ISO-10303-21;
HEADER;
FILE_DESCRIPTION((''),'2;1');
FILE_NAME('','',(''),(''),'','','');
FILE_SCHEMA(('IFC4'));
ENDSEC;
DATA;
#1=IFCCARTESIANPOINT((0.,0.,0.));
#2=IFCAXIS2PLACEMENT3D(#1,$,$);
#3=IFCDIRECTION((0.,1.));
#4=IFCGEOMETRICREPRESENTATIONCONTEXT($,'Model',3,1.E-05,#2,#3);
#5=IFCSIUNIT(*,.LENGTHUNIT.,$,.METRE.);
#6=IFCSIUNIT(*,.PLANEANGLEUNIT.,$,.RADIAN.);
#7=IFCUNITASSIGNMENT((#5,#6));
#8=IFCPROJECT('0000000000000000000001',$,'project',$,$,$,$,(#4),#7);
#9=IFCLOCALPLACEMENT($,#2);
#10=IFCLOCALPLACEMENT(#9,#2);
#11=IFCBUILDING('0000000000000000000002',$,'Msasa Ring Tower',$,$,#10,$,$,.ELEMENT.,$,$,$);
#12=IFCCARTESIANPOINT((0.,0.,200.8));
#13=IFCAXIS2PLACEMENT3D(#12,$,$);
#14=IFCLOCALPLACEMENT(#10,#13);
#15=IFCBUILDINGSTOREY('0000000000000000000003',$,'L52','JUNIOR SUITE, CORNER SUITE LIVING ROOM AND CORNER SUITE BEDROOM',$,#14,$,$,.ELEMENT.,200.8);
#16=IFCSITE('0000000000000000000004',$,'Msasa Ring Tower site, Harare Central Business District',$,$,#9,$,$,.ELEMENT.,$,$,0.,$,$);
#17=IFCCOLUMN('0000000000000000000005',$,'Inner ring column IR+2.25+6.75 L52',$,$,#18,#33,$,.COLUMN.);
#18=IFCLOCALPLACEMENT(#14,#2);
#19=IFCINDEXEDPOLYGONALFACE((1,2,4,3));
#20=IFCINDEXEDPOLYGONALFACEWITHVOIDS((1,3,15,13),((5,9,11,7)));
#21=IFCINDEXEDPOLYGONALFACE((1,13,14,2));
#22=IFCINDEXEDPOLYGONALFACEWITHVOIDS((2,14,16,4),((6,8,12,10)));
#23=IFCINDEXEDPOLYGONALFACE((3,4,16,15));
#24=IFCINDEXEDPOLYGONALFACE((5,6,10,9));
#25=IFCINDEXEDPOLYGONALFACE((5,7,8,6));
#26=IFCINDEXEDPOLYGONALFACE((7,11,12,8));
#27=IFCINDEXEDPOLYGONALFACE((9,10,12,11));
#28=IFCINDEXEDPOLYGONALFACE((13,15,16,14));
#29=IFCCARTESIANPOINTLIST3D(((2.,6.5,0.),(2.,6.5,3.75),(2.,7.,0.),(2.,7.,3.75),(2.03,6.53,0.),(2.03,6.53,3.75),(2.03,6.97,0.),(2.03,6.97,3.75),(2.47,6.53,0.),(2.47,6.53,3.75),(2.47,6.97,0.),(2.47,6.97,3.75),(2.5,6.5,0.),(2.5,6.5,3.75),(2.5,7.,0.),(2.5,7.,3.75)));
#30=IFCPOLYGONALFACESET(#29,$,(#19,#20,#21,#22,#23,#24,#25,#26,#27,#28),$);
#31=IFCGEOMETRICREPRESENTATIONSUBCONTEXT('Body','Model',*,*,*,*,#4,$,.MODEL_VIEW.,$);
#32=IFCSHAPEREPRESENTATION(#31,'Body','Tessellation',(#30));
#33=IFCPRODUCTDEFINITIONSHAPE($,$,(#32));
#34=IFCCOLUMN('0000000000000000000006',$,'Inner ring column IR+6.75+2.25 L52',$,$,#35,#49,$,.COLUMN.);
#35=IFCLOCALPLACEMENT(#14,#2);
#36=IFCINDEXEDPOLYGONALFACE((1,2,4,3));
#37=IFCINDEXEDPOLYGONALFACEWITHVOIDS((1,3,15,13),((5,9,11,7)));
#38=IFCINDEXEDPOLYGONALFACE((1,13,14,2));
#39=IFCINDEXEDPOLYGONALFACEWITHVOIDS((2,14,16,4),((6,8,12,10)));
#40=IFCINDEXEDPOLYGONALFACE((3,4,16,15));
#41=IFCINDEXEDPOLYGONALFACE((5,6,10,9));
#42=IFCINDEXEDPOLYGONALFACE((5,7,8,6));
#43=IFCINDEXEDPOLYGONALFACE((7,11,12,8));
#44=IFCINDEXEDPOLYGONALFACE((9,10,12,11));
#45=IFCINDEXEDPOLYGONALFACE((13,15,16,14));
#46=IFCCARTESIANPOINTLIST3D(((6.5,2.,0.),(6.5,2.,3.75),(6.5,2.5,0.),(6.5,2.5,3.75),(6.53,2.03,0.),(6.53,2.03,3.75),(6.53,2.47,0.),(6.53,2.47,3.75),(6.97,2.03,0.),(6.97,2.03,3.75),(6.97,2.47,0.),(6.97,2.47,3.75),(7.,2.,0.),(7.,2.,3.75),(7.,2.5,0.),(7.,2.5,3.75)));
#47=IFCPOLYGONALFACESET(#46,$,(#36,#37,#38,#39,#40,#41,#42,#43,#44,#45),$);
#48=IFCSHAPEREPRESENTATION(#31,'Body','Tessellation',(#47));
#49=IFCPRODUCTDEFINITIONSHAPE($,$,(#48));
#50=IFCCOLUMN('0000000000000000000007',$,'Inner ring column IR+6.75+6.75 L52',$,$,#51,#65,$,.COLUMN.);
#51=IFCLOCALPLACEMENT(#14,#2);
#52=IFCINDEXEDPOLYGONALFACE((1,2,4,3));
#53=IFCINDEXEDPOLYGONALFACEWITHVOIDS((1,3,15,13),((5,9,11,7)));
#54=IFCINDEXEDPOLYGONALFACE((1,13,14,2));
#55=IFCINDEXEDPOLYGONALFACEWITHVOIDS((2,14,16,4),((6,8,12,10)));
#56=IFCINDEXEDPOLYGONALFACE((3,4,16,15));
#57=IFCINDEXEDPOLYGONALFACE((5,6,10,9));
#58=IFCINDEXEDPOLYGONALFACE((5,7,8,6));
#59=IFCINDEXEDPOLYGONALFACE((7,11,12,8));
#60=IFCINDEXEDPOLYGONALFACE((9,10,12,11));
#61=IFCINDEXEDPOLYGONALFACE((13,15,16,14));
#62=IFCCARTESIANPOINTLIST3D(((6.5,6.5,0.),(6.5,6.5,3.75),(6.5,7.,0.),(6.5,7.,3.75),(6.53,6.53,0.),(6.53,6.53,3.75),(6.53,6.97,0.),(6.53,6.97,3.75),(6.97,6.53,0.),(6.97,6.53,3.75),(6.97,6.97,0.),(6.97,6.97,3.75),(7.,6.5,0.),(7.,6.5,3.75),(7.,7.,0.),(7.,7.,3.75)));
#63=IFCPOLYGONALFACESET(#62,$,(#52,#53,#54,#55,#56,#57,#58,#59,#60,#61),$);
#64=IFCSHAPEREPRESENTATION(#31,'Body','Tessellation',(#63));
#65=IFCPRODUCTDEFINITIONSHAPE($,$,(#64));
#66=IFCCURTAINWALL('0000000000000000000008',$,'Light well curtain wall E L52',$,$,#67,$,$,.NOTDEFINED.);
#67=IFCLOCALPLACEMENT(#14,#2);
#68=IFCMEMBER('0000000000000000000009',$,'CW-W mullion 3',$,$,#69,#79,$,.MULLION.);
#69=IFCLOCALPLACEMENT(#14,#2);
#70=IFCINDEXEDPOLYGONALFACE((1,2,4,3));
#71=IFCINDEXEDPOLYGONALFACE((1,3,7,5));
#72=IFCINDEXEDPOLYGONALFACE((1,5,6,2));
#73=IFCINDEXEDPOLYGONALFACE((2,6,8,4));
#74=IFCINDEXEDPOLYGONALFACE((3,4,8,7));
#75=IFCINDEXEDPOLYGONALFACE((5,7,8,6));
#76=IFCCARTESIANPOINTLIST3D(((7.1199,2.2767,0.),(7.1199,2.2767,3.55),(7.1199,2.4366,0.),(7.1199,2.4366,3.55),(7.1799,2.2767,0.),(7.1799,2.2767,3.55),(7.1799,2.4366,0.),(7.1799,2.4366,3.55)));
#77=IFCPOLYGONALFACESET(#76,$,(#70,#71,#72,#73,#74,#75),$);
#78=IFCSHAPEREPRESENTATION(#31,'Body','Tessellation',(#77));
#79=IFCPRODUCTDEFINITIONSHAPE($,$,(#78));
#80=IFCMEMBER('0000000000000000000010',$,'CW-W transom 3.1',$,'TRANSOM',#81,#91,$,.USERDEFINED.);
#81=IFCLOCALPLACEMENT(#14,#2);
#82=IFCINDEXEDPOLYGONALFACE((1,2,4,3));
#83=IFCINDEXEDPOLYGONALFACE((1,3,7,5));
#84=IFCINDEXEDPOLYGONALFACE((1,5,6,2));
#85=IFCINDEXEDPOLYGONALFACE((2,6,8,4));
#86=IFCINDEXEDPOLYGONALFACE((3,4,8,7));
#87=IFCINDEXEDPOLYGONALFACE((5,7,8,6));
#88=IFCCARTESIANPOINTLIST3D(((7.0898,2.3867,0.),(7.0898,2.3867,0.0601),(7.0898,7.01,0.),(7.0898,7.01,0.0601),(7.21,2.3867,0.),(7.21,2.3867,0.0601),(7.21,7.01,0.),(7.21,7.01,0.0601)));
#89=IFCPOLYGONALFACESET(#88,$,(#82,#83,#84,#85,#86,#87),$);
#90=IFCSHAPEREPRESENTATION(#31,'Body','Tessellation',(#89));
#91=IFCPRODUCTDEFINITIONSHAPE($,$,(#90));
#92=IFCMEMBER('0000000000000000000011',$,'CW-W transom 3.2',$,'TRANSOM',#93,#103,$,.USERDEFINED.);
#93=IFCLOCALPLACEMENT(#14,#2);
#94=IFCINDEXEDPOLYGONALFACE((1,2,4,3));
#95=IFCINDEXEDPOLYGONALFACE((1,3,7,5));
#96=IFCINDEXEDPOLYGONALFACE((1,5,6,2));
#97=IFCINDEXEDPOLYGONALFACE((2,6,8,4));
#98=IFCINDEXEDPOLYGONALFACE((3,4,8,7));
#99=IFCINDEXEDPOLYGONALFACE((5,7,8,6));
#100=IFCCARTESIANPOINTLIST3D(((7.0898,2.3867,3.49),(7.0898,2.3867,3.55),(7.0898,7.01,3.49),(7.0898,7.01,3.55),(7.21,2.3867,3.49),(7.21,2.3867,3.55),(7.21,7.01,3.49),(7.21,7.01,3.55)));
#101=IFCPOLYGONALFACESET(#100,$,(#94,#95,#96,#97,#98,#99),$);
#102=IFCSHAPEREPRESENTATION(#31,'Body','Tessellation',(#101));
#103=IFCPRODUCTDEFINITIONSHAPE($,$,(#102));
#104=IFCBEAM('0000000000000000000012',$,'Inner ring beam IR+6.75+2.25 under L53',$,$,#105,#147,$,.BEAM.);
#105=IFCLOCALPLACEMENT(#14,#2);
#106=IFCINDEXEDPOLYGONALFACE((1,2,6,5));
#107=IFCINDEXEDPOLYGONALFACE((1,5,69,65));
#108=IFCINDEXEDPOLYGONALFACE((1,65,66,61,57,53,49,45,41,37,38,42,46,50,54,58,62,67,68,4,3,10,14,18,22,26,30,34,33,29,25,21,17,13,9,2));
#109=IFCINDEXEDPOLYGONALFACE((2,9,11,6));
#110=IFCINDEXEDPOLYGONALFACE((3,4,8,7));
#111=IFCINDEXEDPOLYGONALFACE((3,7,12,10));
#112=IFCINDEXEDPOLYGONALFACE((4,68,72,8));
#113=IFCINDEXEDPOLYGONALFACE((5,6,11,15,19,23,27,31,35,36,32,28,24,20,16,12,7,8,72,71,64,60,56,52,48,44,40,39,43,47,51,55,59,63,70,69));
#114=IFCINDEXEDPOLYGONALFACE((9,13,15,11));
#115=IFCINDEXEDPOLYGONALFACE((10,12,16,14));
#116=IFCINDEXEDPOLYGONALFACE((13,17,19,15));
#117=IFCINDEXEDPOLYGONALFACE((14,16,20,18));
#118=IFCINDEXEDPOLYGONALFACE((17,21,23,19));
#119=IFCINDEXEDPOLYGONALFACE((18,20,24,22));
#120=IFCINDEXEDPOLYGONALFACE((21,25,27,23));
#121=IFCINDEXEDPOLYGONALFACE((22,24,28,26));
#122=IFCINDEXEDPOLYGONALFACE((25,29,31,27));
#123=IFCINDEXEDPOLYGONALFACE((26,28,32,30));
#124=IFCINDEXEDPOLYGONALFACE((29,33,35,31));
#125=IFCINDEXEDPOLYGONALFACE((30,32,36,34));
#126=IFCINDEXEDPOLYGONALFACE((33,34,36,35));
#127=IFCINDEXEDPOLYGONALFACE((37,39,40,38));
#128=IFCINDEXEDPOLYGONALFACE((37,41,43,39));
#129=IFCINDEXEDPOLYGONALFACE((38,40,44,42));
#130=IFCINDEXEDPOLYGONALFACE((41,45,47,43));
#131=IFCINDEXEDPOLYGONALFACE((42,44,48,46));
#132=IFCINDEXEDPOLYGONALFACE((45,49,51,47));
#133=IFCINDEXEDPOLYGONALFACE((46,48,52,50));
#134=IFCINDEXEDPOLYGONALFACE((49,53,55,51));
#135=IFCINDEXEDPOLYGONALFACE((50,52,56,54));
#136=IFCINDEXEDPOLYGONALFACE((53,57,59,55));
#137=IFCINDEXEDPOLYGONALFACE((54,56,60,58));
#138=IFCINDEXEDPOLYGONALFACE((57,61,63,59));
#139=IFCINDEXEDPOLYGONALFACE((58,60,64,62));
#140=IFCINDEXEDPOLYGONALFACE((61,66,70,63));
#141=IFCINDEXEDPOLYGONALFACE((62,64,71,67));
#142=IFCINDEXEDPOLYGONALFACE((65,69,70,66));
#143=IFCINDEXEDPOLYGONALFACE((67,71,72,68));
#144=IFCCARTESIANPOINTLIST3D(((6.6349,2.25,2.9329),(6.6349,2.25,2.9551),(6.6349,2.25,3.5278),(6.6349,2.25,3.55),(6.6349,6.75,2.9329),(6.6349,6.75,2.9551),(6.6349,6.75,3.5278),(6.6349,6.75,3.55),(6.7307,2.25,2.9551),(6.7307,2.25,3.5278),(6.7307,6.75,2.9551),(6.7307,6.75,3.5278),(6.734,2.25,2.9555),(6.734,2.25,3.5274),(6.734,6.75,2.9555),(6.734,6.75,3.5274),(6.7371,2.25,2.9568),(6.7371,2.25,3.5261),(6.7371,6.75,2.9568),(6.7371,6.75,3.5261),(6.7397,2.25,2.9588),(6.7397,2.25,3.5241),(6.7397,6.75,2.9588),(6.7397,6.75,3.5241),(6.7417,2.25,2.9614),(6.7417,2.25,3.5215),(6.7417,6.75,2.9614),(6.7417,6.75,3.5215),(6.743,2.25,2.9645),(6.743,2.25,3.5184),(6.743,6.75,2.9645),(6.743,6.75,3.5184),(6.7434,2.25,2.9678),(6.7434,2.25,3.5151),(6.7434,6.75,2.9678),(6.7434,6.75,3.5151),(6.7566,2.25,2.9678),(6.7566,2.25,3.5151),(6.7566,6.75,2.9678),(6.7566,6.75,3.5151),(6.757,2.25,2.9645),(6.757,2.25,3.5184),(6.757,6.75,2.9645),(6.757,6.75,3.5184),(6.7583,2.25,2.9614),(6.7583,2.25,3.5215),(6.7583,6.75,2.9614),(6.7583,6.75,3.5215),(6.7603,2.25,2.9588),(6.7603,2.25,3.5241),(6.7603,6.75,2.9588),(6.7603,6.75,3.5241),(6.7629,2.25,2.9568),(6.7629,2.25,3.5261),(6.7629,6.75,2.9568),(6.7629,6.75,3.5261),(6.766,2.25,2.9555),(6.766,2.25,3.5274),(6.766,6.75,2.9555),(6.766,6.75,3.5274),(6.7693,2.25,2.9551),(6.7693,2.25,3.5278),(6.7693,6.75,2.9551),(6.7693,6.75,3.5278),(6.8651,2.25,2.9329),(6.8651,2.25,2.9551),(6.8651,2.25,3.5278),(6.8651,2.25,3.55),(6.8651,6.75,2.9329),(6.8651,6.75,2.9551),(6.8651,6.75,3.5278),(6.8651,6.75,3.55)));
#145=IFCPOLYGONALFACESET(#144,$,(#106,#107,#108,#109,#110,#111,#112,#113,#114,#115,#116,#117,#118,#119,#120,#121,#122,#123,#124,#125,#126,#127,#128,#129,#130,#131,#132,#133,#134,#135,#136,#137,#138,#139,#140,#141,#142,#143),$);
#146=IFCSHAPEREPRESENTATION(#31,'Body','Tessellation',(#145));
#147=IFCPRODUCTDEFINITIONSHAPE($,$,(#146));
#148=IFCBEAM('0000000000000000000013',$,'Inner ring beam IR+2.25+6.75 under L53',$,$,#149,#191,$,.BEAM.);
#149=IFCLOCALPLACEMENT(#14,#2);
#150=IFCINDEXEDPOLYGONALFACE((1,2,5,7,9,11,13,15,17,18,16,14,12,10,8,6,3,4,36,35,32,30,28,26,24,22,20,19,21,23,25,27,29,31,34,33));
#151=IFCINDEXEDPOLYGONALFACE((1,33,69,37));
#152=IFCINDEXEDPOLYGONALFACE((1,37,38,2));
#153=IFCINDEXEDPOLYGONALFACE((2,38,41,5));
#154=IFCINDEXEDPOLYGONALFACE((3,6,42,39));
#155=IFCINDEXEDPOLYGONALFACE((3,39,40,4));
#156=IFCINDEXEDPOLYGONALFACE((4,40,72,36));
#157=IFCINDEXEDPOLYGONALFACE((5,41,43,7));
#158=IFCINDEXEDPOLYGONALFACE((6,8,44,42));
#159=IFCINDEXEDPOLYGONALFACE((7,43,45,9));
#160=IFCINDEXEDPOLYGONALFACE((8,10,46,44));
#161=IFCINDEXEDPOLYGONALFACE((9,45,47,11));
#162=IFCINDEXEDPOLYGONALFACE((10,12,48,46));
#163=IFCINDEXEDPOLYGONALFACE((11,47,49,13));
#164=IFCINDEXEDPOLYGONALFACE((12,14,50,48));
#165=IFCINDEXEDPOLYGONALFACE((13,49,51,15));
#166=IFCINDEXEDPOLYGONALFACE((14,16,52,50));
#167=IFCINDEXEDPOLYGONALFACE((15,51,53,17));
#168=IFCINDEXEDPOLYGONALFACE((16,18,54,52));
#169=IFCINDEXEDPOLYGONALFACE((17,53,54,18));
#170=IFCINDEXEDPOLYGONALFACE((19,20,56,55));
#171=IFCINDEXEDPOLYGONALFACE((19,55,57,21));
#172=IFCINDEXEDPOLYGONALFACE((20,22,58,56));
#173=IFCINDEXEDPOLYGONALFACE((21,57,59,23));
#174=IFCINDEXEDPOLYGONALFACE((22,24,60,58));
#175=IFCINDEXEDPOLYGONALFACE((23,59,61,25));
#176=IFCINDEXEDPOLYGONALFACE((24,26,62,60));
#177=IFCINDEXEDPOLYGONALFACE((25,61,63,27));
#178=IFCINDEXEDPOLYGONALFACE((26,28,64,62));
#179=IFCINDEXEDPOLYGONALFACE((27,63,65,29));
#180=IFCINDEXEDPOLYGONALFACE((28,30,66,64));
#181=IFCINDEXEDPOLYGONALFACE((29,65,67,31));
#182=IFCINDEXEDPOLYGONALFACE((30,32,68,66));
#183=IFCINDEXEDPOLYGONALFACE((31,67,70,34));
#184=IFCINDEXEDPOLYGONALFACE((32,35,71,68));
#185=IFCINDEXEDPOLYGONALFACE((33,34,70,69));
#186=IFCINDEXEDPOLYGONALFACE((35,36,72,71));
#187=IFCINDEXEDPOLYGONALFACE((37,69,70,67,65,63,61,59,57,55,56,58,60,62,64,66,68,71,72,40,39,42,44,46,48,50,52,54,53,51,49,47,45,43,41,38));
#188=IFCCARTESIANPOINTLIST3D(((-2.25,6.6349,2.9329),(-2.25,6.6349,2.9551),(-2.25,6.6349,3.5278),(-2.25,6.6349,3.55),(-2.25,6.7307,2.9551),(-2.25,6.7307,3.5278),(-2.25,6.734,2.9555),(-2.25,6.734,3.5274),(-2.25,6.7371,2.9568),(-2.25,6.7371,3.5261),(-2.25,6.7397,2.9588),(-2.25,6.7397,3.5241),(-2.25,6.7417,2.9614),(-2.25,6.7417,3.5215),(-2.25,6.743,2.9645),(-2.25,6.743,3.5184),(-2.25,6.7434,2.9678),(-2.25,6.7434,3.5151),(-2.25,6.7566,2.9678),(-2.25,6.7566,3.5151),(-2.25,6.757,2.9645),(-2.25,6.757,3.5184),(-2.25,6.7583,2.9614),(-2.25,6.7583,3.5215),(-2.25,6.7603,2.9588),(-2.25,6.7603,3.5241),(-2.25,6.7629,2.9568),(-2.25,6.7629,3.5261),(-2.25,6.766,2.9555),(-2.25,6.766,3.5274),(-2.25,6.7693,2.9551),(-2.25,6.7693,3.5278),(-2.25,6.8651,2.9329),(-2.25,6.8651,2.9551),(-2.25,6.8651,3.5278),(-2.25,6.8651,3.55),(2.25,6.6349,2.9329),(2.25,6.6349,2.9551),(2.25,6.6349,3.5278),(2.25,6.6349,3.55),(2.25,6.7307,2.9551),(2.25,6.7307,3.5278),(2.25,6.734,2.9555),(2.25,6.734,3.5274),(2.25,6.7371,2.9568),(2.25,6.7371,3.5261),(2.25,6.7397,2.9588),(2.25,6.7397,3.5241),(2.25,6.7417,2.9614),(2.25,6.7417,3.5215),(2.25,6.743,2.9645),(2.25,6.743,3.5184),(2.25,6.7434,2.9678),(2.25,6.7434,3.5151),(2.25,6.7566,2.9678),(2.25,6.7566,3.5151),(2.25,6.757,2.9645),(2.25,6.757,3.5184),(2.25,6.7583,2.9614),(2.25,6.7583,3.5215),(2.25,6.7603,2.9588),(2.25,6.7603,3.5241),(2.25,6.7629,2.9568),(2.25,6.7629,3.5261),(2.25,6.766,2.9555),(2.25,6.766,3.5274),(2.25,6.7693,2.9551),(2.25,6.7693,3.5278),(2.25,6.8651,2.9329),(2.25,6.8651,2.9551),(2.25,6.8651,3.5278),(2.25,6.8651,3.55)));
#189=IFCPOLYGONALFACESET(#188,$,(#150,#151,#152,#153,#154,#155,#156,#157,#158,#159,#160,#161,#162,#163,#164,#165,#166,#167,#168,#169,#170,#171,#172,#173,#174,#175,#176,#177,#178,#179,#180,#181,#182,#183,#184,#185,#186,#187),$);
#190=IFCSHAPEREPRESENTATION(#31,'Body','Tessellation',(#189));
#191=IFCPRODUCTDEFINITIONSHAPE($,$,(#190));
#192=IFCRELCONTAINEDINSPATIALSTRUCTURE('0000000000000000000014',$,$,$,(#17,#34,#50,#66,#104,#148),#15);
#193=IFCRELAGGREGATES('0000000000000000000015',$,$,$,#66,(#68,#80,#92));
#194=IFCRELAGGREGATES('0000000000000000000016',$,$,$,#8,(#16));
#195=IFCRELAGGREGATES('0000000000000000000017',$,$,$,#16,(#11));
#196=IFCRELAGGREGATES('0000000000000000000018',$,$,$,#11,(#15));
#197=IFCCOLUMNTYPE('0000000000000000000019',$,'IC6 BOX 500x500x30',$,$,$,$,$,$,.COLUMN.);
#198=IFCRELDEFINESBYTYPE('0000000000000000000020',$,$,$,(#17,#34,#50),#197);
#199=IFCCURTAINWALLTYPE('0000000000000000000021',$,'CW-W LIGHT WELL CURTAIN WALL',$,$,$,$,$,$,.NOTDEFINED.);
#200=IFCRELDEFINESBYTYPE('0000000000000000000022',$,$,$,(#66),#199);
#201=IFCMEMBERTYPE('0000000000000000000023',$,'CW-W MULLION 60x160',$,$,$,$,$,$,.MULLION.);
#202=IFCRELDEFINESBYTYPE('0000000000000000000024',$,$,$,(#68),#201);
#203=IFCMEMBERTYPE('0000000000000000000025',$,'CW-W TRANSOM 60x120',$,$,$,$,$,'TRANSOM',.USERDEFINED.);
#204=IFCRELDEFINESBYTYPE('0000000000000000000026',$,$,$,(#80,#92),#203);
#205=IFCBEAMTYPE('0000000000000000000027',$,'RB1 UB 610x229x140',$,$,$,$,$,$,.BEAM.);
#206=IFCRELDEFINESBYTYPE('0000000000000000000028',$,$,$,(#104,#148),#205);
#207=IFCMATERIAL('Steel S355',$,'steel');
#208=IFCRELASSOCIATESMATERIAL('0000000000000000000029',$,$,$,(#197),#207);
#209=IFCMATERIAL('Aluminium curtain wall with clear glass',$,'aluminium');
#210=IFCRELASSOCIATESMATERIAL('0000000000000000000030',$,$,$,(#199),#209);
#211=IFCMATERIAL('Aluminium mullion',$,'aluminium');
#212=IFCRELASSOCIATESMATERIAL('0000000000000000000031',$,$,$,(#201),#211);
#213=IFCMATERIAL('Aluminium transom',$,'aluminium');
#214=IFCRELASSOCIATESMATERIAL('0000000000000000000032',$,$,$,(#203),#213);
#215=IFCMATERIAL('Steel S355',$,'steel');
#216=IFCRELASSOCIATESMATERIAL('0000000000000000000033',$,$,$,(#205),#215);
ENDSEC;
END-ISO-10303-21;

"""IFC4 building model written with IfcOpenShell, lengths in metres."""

from ifc_helpers import new_model, si_unit, direction, frame, origin, origin_2d, place, context, subcontext, project, spatial, rectangle, hollow_rectangle, i_section, extrude, material, material_profile, profile_set, type_object, element, aggregate, save


model = new_model("IFC4")

# Units and contexts
model_context = context("Model", 3, precision=1e-05, world=origin(), true_north=direction((0.0, 1.0)))
body_context = subcontext(model_context, "Body", "Model", "MODEL_VIEW")
ifc_project = project(units=[si_unit("LENGTHUNIT", "METRE"), si_unit("PLANEANGLEUNIT", "RADIAN")], contexts=[model_context])

# Site, building, storey
site_placement = place(None, origin())
site = spatial("IfcSite", under=ifc_project, at=site_placement, Name="Msasa Ring Tower site, Harare Central Business District", CompositionType="ELEMENT", RefElevation=0.0)
building_placement = place(site_placement, origin())
building = spatial("IfcBuilding", under=site, at=building_placement, Name="Msasa Ring Tower", CompositionType="ELEMENT")
storey_placement = place(building_placement, frame((0.0, 0.0, 200.8)))
storey = spatial("IfcBuildingStorey", under=building, at=storey_placement, Name="L52", Description="JUNIOR SUITE, CORNER SUITE LIVING ROOM AND CORNER SUITE BEDROOM", CompositionType="ELEMENT", Elevation=200.8)

# Columns
ifc_material_1 = material(Name="Steel S355", Category="steel")
ifc_material_profile_1 = material_profile(ifc_material_1, hollow_rectangle(XDim=0.5, YDim=0.5, WallThickness=0.03, at=origin_2d()), Name="BOX 500x500x30")
ifc_profile_set_1 = profile_set([ifc_material_profile_1], Name="Steel S355")
column_type = type_object("IfcColumnType", Name="IC6 BOX 500x500x30", PredefinedType="COLUMN", material=ifc_profile_set_1)
for number, where, z_axis, x_axis, name in (
    (1, (2.25, 6.75, 0.0), (0.0, 0.0, 1.0), (1.0, 0.0, 0.0), "Inner ring column IR+2.25+6.75 L52"),
    (2, (6.75, 2.25, 0.0), (0.0, 0.0, 1.0), (1.0, 0.0, 0.0), "Inner ring column IR+6.75+2.25 L52"),
    (3, (6.75, 6.75, 0.0), (0.0, 0.0, 1.0), (1.0, 0.0, 0.0), "Inner ring column IR+6.75+6.75 L52"),
):
    element("IfcColumn", number, at=place(storey_placement, frame(where, z_axis=z_axis, x_axis=x_axis)), inside=storey, type_object=column_type, Name=name, PredefinedType="COLUMN", context=body_context, shape_type="SweptSolid", body=[
        extrude(hollow_rectangle(XDim=0.5, YDim=0.5, WallThickness=0.03, at=origin_2d()), origin(), (0.0, 0.0, 1.0), 3.75),
    ])

# Curtain wall, members
ifc_material_2 = material(Name="Aluminium curtain wall with clear glass", Category="aluminium")
curtain_wall_type = type_object("IfcCurtainWallType", Name="CW-W LIGHT WELL CURTAIN WALL", PredefinedType="NOTDEFINED", material=ifc_material_2)
curtain_wall_placement = place(storey_placement, origin())
curtain_wall = element("IfcCurtainWall", 4, at=curtain_wall_placement, inside=storey, type_object=curtain_wall_type, Name="Light well curtain wall E L52", PredefinedType="NOTDEFINED")
ifc_material_3 = material(Name="Aluminium mullion", Category="aluminium")
ifc_material_profile_2 = material_profile(ifc_material_3, rectangle(XDim=0.0601, YDim=0.1599, at=origin_2d()), Name="AL 60x160")
ifc_profile_set_2 = profile_set([ifc_material_profile_2], Name="Aluminium mullion")
member_type_1 = type_object("IfcMemberType", Name="CW-W MULLION 60x160", PredefinedType="MULLION", material=ifc_profile_set_2)
member_1_placement = place(storey_placement, frame((7.1499, 2.3567, 0.0), z_axis=(0.0, 0.0, 1.0), x_axis=(-1.0, 0.0, 0.0)))
member_1 = element("IfcMember", 5, at=member_1_placement, type_object=member_type_1, Name="CW-W mullion 3", PredefinedType="MULLION", context=body_context, shape_type="SweptSolid", body=[
    extrude(rectangle(XDim=0.0601, YDim=0.1599, at=origin_2d()), origin(), (0.0, 0.0, 1.0), 3.55),
])
ifc_material_4 = material(Name="Aluminium transom", Category="aluminium")
ifc_material_profile_3 = material_profile(ifc_material_4, rectangle(XDim=0.1201, YDim=0.0601, at=origin_2d()), Name="AL 60x120")
ifc_profile_set_3 = profile_set([ifc_material_profile_3], Name="Aluminium transom")
member_type_2 = type_object("IfcMemberType", Name="CW-W TRANSOM 60x120", ElementType="TRANSOM", PredefinedType="USERDEFINED", material=ifc_profile_set_3)
member_2_placement = place(storey_placement, frame((7.1499, 2.3867, 0.03), z_axis=(0.0, 1.0, 0.0), x_axis=(-1.0, 0.0, 0.0)))
member_2 = element("IfcMember", 6, at=member_2_placement, type_object=member_type_2, Name="CW-W transom 3.1", ObjectType="TRANSOM", PredefinedType="USERDEFINED", context=body_context, shape_type="SweptSolid", body=[
    extrude(rectangle(XDim=0.1201, YDim=0.0601, at=origin_2d()), origin(), (0.0, 0.0, 1.0), 4.6233),
])
member_3_placement = place(storey_placement, frame((7.1499, 2.3867, 3.52), z_axis=(0.0, 1.0, 0.0), x_axis=(-1.0, 0.0, 0.0)))
member_3 = element("IfcMember", 7, at=member_3_placement, type_object=member_type_2, Name="CW-W transom 3.2", ObjectType="TRANSOM", PredefinedType="USERDEFINED", context=body_context, shape_type="SweptSolid", body=[
    extrude(rectangle(XDim=0.1201, YDim=0.0601, at=origin_2d()), origin(), (0.0, 0.0, 1.0), 4.6233),
])

# Beams
ifc_material_5 = material(Name="Steel S355", Category="steel")
ifc_material_profile_4 = material_profile(ifc_material_5, i_section(OverallWidth=0.2302, OverallDepth=0.6172, WebThickness=0.0132, FlangeThickness=0.0222, FilletRadius=0.0127, at=origin_2d()), Name="UB 610x229x140")
ifc_profile_set_4 = profile_set([ifc_material_profile_4], Name="Steel S355")
beam_type = type_object("IfcBeamType", Name="RB1 UB 610x229x140", PredefinedType="BEAM", material=ifc_profile_set_4)
for number, where, z_axis, x_axis, name in (
    (8, (6.75, 2.25, 3.2415), (0.0, 1.0, 0.0), (-1.0, 0.0, 0.0), "Inner ring beam IR+6.75+2.25 under L53"),
    (9, (2.25, 6.75, 3.2415), (-1.0, 0.0, 0.0), (0.0, -1.0, 0.0), "Inner ring beam IR+2.25+6.75 under L53"),
):
    element("IfcBeam", number, at=place(storey_placement, frame(where, z_axis=z_axis, x_axis=x_axis)), inside=storey, type_object=beam_type, Name=name, PredefinedType="BEAM", context=body_context, shape_type="SweptSolid", body=[
        extrude(i_section(OverallWidth=0.2302, OverallDepth=0.6172, WebThickness=0.0132, FlangeThickness=0.0222, FilletRadius=0.0127, at=origin_2d()), origin(), (0.0, 0.0, 1.0), 4.5),
    ])

aggregate(curtain_wall, [member_1, member_2, member_3])

save(model, "model.ifc")
